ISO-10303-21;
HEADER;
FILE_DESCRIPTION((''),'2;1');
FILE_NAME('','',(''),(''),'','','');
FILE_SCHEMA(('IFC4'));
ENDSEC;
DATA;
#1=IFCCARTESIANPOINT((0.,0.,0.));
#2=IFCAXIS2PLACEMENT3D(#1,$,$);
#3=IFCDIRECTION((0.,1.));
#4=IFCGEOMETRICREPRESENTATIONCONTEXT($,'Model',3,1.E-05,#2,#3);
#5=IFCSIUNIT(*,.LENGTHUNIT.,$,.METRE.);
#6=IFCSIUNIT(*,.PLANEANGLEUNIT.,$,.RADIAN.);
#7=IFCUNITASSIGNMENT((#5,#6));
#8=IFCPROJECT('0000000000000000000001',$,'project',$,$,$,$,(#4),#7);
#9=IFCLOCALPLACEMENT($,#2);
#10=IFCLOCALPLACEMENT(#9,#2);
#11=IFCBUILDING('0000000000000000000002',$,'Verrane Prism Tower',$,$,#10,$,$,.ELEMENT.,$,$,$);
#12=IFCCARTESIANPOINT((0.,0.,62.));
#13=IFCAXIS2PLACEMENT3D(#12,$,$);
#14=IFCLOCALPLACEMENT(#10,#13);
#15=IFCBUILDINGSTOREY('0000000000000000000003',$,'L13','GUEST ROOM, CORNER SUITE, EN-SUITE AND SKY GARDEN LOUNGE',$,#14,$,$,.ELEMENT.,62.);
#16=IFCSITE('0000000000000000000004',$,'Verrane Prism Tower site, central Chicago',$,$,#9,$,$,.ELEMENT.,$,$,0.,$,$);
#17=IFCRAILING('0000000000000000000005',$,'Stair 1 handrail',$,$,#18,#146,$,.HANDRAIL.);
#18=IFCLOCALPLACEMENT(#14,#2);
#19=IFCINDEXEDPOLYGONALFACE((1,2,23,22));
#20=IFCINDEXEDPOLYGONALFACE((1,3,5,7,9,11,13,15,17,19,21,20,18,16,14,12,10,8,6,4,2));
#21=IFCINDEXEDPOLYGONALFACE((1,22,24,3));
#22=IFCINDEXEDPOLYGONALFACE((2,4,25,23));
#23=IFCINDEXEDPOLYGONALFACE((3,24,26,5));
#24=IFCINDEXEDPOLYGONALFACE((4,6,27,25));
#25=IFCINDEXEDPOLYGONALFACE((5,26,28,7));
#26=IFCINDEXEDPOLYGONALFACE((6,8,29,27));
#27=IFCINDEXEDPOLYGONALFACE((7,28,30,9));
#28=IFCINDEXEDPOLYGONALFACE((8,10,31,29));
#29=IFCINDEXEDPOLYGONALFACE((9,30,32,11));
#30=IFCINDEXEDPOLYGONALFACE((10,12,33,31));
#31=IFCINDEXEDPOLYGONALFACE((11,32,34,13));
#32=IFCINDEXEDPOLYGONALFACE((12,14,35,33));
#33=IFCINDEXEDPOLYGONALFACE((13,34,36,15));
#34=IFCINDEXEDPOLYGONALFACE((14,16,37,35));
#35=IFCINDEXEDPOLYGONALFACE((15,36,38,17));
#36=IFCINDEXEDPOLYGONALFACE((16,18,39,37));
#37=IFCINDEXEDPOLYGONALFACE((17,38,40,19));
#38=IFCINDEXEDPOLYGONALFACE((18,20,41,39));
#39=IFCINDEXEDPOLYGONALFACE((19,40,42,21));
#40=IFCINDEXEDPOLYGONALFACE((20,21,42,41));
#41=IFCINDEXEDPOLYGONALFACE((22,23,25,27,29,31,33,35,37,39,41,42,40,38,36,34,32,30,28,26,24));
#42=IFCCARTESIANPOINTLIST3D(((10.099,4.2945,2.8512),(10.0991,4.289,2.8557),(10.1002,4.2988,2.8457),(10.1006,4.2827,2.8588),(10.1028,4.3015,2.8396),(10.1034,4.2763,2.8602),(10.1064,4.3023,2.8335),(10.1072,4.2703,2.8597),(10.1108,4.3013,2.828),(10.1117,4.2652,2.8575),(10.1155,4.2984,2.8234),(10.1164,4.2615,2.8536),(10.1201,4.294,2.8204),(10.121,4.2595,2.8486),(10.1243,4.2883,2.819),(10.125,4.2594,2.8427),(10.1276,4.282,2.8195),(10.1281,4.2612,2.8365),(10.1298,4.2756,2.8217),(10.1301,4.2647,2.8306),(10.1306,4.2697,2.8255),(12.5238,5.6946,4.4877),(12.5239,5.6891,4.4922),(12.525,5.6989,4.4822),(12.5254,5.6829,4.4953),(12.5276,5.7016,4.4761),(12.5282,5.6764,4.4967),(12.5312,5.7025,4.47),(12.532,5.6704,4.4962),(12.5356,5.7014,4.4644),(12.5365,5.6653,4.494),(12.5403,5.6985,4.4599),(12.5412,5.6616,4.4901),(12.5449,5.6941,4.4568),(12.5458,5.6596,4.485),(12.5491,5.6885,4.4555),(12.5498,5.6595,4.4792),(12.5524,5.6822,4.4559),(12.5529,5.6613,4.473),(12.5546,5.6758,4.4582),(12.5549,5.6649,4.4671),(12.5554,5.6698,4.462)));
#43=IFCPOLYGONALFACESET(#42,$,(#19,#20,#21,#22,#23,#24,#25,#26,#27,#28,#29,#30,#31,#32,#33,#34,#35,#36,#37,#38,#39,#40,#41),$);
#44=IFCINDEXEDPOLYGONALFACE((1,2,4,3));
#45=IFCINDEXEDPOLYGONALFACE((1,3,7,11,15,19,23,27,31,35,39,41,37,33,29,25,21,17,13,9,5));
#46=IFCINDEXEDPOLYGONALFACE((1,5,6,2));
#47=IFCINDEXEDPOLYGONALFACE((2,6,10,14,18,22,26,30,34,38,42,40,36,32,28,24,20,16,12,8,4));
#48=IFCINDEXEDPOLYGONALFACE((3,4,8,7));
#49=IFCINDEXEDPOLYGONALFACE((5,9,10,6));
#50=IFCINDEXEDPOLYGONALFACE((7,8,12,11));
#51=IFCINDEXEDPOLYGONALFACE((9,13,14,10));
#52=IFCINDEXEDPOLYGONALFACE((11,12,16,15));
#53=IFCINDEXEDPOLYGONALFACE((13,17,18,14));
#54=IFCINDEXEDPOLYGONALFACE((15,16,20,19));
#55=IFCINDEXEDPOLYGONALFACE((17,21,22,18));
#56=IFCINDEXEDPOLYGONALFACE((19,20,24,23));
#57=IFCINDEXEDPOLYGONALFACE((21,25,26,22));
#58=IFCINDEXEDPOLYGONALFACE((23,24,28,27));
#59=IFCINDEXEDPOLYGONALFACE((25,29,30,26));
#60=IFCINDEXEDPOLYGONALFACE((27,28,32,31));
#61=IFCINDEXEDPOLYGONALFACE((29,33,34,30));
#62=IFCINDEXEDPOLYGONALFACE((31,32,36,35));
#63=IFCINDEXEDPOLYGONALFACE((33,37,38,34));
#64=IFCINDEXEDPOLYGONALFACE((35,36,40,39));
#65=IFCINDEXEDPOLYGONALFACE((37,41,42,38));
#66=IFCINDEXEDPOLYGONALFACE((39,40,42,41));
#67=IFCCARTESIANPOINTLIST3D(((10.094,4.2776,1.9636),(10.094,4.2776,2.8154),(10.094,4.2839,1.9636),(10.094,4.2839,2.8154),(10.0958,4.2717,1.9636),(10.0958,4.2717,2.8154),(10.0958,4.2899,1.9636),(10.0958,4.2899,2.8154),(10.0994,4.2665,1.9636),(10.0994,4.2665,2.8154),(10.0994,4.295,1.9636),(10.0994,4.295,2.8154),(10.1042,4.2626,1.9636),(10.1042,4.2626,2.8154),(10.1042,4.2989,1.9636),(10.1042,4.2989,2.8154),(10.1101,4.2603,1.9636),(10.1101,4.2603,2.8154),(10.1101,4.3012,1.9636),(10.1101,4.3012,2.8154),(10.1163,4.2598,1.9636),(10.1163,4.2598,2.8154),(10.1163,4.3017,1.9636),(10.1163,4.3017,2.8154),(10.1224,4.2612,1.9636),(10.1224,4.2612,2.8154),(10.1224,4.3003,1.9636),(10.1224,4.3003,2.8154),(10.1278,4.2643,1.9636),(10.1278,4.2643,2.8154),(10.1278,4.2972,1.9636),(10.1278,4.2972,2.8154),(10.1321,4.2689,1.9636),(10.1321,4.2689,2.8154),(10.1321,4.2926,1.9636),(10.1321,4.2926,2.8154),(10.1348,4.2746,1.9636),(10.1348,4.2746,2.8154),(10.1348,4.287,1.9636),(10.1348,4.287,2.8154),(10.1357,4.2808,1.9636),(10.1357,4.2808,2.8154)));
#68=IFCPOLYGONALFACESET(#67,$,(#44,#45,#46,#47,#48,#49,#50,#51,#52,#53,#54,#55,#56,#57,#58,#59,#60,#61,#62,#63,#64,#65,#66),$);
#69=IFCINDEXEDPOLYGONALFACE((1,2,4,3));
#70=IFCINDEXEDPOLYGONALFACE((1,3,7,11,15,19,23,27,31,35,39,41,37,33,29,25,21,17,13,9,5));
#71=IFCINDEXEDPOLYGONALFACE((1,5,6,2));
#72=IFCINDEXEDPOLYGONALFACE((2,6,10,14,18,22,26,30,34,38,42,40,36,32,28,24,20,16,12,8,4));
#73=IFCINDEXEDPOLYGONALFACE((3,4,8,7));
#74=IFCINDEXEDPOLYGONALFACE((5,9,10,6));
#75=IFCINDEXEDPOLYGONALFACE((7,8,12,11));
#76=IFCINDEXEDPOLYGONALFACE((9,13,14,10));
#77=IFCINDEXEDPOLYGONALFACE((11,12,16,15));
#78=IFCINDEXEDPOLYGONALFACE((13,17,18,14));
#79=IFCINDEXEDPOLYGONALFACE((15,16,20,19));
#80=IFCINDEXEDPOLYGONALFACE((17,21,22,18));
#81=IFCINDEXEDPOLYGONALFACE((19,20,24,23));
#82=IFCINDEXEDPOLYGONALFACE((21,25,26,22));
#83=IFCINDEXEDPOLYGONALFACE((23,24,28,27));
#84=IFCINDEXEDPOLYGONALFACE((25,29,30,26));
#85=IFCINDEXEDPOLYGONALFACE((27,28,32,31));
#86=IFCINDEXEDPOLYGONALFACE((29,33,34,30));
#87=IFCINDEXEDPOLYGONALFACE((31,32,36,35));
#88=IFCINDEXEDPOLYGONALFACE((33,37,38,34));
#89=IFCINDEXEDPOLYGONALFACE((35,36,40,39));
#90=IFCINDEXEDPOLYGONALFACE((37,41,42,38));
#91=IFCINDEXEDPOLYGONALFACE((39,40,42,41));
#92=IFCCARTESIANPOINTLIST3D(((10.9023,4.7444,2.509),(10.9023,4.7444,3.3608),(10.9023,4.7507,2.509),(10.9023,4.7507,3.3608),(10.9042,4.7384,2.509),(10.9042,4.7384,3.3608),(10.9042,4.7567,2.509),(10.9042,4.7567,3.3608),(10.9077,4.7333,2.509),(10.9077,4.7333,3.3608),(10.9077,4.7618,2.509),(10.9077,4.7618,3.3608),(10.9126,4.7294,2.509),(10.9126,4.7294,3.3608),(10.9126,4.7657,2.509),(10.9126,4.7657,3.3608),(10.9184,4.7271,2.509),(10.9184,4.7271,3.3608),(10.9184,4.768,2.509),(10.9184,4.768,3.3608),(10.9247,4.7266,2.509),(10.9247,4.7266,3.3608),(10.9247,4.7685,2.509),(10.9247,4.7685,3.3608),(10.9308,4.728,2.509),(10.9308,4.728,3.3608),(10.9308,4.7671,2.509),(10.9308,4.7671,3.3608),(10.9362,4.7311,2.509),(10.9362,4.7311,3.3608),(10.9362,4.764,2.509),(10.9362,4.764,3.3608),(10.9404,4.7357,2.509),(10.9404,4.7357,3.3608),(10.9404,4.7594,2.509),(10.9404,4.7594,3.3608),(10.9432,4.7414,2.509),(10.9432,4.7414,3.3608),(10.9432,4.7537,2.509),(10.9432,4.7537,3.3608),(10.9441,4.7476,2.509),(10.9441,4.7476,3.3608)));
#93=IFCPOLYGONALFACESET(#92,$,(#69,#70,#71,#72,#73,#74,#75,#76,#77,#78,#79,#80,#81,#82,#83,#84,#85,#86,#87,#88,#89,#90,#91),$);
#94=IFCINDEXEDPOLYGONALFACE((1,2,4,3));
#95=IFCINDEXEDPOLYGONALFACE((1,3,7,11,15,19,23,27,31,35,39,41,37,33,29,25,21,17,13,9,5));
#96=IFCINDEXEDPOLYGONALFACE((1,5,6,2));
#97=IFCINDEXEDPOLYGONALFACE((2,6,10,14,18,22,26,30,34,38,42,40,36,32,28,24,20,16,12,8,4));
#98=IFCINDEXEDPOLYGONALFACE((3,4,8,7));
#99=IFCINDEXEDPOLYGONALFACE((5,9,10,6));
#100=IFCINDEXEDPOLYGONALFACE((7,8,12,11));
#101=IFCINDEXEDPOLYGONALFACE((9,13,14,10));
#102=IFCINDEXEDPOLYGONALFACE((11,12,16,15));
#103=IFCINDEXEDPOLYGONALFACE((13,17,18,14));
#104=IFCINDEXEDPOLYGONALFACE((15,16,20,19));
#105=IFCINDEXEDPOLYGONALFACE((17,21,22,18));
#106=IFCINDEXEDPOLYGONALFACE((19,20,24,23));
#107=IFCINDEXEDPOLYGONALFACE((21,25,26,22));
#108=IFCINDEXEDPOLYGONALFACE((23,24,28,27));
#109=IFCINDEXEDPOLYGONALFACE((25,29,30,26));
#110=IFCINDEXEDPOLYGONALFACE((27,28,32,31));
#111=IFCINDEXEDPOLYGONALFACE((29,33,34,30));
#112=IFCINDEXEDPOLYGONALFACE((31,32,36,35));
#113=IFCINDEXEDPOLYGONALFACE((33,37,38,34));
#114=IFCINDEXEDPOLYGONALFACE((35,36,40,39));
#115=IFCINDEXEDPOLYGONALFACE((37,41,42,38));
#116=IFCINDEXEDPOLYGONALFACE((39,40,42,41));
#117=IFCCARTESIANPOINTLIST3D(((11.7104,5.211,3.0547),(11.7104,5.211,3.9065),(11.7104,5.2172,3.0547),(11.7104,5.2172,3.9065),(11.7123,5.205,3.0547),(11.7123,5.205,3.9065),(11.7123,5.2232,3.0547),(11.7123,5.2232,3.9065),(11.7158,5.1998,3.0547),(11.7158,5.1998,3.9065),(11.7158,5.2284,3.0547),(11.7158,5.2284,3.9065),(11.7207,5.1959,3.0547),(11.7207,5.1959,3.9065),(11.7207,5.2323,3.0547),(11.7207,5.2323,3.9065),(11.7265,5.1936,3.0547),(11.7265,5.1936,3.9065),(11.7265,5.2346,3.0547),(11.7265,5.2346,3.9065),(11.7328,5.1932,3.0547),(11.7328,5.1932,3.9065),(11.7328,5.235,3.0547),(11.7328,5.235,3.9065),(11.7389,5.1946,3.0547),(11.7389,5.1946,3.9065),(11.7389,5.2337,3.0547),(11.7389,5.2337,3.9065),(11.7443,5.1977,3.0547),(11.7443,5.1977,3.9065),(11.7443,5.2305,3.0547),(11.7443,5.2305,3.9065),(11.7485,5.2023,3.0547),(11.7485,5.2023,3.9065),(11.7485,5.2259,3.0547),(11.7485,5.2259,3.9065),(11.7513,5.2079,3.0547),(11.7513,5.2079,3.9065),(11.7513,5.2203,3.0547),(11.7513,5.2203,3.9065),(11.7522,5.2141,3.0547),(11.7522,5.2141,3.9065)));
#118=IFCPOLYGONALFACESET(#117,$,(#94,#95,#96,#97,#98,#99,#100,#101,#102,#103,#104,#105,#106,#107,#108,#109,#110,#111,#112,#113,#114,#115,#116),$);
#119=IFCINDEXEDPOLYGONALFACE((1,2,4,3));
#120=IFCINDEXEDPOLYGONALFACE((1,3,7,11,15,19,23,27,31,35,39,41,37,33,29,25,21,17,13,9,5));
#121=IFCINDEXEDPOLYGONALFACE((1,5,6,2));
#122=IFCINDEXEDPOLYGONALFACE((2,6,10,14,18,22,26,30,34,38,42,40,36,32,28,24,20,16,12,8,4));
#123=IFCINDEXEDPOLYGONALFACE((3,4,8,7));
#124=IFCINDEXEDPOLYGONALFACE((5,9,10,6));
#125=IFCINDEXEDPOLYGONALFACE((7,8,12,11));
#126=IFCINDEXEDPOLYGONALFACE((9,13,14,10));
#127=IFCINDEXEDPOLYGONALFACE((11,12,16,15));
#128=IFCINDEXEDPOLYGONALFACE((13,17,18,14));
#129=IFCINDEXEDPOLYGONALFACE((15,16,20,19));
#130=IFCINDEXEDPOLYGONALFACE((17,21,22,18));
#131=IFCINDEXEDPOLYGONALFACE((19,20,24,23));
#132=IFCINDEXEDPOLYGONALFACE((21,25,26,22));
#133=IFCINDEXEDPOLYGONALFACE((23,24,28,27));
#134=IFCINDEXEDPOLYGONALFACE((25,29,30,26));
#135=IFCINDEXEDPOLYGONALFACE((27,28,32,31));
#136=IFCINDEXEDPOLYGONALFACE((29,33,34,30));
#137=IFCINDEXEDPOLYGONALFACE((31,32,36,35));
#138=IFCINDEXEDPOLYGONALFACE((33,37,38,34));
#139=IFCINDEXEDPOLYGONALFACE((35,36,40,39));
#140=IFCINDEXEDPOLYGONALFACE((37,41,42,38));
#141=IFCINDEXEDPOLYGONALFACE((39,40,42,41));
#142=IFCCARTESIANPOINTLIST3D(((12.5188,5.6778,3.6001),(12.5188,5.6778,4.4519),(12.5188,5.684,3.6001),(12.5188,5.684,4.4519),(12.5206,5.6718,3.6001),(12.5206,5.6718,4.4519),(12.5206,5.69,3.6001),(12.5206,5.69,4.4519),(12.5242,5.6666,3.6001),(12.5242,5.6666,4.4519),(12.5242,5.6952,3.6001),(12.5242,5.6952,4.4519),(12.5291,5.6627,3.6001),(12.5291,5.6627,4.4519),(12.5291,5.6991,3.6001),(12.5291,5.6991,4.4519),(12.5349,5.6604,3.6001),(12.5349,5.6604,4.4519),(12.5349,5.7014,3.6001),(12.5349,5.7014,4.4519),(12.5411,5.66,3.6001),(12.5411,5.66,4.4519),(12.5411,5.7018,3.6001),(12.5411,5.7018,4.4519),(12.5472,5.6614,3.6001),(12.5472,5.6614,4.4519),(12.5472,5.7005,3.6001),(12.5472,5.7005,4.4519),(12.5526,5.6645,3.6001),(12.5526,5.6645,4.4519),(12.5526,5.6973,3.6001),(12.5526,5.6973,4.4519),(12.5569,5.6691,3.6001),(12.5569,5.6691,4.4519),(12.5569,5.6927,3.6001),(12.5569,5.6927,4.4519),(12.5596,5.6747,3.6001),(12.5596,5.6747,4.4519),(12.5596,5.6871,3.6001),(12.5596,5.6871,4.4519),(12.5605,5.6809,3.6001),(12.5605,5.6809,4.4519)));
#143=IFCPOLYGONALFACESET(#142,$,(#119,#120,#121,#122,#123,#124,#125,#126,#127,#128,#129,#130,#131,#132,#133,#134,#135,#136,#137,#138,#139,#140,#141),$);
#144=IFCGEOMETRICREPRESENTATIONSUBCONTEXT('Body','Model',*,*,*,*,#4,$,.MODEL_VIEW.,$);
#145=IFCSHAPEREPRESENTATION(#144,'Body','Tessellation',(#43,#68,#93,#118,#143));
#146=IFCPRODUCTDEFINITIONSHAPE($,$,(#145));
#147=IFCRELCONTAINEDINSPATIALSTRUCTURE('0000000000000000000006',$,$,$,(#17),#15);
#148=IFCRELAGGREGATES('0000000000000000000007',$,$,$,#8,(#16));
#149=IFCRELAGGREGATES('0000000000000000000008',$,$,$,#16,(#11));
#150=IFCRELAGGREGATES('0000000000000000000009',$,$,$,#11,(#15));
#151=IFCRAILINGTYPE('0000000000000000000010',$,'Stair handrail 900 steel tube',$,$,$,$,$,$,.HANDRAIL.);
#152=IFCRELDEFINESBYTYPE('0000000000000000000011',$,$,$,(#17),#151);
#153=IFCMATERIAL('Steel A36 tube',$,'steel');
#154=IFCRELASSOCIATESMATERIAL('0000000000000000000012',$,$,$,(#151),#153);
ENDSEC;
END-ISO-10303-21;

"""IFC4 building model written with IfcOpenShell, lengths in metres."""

from ifc_helpers import new_model, si_unit, direction, frame, origin, origin_2d, place, context, subcontext, project, spatial, circle, extrude, material, type_object, element, save


model = new_model("IFC4")

# Units and contexts
model_context = context("Model", 3, precision=1e-05, world=origin(), true_north=direction((0.0, 1.0)))
body_context = subcontext(model_context, "Body", "Model", "MODEL_VIEW")
ifc_project = project(units=[si_unit("LENGTHUNIT", "METRE"), si_unit("PLANEANGLEUNIT", "RADIAN")], contexts=[model_context])

# Site, building, storey
site_placement = place(None, origin())
site = spatial("IfcSite", under=ifc_project, at=site_placement, Name="Verrane Prism Tower site, central Chicago", CompositionType="ELEMENT", RefElevation=0.0)
building_placement = place(site_placement, origin())
building = spatial("IfcBuilding", under=site, at=building_placement, Name="Verrane Prism Tower", CompositionType="ELEMENT")
storey_placement = place(building_placement, frame((0.0, 0.0, 62.0)))
storey = spatial("IfcBuildingStorey", under=building, at=storey_placement, Name="L13", Description="GUEST ROOM, CORNER SUITE, EN-SUITE AND SKY GARDEN LOUNGE", CompositionType="ELEMENT", Elevation=62.0)

# Railing
ifc_material_1 = material(Name="Steel A36 tube", Category="steel")
railing_type_1 = type_object("IfcRailingType", Name="Stair handrail 900 steel tube", PredefinedType="HANDRAIL", material=ifc_material_1)
railing_1_placement = place(storey_placement, frame((10.1147, 4.2808, 1.9636)))
element("IfcRailing", 1, at=railing_1_placement, inside=storey, type_object=railing_type_1, Name="Stair 1 handrail", PredefinedType="HANDRAIL", context=body_context, shape_type="SweptSolid", body=[
    extrude(circle(Radius=0.0239, at=origin_2d()), frame((0.0, 0.0, 0.876), z_axis=(0.747666, 0.431722, 0.504591), x_axis=(-0.50005, 0.865997, 0.0)), (0.0, 0.0, 1.0), 3.2432),
    extrude(circle(Radius=0.021, at=origin_2d()), origin(), (0.0, 0.0, 1.0), 0.8518),
    extrude(circle(Radius=0.021, at=origin_2d()), frame((0.8083, 0.4668, 0.5454)), (0.0, 0.0, 1.0), 0.8518),
    extrude(circle(Radius=0.021, at=origin_2d()), frame((1.6165, 0.9333, 1.0911)), (0.0, 0.0, 1.0), 0.8518),
    extrude(circle(Radius=0.021, at=origin_2d()), frame((2.4248, 1.4001, 1.6365)), (0.0, 0.0, 1.0), 0.8518),
])

save(model, "model.ifc")
